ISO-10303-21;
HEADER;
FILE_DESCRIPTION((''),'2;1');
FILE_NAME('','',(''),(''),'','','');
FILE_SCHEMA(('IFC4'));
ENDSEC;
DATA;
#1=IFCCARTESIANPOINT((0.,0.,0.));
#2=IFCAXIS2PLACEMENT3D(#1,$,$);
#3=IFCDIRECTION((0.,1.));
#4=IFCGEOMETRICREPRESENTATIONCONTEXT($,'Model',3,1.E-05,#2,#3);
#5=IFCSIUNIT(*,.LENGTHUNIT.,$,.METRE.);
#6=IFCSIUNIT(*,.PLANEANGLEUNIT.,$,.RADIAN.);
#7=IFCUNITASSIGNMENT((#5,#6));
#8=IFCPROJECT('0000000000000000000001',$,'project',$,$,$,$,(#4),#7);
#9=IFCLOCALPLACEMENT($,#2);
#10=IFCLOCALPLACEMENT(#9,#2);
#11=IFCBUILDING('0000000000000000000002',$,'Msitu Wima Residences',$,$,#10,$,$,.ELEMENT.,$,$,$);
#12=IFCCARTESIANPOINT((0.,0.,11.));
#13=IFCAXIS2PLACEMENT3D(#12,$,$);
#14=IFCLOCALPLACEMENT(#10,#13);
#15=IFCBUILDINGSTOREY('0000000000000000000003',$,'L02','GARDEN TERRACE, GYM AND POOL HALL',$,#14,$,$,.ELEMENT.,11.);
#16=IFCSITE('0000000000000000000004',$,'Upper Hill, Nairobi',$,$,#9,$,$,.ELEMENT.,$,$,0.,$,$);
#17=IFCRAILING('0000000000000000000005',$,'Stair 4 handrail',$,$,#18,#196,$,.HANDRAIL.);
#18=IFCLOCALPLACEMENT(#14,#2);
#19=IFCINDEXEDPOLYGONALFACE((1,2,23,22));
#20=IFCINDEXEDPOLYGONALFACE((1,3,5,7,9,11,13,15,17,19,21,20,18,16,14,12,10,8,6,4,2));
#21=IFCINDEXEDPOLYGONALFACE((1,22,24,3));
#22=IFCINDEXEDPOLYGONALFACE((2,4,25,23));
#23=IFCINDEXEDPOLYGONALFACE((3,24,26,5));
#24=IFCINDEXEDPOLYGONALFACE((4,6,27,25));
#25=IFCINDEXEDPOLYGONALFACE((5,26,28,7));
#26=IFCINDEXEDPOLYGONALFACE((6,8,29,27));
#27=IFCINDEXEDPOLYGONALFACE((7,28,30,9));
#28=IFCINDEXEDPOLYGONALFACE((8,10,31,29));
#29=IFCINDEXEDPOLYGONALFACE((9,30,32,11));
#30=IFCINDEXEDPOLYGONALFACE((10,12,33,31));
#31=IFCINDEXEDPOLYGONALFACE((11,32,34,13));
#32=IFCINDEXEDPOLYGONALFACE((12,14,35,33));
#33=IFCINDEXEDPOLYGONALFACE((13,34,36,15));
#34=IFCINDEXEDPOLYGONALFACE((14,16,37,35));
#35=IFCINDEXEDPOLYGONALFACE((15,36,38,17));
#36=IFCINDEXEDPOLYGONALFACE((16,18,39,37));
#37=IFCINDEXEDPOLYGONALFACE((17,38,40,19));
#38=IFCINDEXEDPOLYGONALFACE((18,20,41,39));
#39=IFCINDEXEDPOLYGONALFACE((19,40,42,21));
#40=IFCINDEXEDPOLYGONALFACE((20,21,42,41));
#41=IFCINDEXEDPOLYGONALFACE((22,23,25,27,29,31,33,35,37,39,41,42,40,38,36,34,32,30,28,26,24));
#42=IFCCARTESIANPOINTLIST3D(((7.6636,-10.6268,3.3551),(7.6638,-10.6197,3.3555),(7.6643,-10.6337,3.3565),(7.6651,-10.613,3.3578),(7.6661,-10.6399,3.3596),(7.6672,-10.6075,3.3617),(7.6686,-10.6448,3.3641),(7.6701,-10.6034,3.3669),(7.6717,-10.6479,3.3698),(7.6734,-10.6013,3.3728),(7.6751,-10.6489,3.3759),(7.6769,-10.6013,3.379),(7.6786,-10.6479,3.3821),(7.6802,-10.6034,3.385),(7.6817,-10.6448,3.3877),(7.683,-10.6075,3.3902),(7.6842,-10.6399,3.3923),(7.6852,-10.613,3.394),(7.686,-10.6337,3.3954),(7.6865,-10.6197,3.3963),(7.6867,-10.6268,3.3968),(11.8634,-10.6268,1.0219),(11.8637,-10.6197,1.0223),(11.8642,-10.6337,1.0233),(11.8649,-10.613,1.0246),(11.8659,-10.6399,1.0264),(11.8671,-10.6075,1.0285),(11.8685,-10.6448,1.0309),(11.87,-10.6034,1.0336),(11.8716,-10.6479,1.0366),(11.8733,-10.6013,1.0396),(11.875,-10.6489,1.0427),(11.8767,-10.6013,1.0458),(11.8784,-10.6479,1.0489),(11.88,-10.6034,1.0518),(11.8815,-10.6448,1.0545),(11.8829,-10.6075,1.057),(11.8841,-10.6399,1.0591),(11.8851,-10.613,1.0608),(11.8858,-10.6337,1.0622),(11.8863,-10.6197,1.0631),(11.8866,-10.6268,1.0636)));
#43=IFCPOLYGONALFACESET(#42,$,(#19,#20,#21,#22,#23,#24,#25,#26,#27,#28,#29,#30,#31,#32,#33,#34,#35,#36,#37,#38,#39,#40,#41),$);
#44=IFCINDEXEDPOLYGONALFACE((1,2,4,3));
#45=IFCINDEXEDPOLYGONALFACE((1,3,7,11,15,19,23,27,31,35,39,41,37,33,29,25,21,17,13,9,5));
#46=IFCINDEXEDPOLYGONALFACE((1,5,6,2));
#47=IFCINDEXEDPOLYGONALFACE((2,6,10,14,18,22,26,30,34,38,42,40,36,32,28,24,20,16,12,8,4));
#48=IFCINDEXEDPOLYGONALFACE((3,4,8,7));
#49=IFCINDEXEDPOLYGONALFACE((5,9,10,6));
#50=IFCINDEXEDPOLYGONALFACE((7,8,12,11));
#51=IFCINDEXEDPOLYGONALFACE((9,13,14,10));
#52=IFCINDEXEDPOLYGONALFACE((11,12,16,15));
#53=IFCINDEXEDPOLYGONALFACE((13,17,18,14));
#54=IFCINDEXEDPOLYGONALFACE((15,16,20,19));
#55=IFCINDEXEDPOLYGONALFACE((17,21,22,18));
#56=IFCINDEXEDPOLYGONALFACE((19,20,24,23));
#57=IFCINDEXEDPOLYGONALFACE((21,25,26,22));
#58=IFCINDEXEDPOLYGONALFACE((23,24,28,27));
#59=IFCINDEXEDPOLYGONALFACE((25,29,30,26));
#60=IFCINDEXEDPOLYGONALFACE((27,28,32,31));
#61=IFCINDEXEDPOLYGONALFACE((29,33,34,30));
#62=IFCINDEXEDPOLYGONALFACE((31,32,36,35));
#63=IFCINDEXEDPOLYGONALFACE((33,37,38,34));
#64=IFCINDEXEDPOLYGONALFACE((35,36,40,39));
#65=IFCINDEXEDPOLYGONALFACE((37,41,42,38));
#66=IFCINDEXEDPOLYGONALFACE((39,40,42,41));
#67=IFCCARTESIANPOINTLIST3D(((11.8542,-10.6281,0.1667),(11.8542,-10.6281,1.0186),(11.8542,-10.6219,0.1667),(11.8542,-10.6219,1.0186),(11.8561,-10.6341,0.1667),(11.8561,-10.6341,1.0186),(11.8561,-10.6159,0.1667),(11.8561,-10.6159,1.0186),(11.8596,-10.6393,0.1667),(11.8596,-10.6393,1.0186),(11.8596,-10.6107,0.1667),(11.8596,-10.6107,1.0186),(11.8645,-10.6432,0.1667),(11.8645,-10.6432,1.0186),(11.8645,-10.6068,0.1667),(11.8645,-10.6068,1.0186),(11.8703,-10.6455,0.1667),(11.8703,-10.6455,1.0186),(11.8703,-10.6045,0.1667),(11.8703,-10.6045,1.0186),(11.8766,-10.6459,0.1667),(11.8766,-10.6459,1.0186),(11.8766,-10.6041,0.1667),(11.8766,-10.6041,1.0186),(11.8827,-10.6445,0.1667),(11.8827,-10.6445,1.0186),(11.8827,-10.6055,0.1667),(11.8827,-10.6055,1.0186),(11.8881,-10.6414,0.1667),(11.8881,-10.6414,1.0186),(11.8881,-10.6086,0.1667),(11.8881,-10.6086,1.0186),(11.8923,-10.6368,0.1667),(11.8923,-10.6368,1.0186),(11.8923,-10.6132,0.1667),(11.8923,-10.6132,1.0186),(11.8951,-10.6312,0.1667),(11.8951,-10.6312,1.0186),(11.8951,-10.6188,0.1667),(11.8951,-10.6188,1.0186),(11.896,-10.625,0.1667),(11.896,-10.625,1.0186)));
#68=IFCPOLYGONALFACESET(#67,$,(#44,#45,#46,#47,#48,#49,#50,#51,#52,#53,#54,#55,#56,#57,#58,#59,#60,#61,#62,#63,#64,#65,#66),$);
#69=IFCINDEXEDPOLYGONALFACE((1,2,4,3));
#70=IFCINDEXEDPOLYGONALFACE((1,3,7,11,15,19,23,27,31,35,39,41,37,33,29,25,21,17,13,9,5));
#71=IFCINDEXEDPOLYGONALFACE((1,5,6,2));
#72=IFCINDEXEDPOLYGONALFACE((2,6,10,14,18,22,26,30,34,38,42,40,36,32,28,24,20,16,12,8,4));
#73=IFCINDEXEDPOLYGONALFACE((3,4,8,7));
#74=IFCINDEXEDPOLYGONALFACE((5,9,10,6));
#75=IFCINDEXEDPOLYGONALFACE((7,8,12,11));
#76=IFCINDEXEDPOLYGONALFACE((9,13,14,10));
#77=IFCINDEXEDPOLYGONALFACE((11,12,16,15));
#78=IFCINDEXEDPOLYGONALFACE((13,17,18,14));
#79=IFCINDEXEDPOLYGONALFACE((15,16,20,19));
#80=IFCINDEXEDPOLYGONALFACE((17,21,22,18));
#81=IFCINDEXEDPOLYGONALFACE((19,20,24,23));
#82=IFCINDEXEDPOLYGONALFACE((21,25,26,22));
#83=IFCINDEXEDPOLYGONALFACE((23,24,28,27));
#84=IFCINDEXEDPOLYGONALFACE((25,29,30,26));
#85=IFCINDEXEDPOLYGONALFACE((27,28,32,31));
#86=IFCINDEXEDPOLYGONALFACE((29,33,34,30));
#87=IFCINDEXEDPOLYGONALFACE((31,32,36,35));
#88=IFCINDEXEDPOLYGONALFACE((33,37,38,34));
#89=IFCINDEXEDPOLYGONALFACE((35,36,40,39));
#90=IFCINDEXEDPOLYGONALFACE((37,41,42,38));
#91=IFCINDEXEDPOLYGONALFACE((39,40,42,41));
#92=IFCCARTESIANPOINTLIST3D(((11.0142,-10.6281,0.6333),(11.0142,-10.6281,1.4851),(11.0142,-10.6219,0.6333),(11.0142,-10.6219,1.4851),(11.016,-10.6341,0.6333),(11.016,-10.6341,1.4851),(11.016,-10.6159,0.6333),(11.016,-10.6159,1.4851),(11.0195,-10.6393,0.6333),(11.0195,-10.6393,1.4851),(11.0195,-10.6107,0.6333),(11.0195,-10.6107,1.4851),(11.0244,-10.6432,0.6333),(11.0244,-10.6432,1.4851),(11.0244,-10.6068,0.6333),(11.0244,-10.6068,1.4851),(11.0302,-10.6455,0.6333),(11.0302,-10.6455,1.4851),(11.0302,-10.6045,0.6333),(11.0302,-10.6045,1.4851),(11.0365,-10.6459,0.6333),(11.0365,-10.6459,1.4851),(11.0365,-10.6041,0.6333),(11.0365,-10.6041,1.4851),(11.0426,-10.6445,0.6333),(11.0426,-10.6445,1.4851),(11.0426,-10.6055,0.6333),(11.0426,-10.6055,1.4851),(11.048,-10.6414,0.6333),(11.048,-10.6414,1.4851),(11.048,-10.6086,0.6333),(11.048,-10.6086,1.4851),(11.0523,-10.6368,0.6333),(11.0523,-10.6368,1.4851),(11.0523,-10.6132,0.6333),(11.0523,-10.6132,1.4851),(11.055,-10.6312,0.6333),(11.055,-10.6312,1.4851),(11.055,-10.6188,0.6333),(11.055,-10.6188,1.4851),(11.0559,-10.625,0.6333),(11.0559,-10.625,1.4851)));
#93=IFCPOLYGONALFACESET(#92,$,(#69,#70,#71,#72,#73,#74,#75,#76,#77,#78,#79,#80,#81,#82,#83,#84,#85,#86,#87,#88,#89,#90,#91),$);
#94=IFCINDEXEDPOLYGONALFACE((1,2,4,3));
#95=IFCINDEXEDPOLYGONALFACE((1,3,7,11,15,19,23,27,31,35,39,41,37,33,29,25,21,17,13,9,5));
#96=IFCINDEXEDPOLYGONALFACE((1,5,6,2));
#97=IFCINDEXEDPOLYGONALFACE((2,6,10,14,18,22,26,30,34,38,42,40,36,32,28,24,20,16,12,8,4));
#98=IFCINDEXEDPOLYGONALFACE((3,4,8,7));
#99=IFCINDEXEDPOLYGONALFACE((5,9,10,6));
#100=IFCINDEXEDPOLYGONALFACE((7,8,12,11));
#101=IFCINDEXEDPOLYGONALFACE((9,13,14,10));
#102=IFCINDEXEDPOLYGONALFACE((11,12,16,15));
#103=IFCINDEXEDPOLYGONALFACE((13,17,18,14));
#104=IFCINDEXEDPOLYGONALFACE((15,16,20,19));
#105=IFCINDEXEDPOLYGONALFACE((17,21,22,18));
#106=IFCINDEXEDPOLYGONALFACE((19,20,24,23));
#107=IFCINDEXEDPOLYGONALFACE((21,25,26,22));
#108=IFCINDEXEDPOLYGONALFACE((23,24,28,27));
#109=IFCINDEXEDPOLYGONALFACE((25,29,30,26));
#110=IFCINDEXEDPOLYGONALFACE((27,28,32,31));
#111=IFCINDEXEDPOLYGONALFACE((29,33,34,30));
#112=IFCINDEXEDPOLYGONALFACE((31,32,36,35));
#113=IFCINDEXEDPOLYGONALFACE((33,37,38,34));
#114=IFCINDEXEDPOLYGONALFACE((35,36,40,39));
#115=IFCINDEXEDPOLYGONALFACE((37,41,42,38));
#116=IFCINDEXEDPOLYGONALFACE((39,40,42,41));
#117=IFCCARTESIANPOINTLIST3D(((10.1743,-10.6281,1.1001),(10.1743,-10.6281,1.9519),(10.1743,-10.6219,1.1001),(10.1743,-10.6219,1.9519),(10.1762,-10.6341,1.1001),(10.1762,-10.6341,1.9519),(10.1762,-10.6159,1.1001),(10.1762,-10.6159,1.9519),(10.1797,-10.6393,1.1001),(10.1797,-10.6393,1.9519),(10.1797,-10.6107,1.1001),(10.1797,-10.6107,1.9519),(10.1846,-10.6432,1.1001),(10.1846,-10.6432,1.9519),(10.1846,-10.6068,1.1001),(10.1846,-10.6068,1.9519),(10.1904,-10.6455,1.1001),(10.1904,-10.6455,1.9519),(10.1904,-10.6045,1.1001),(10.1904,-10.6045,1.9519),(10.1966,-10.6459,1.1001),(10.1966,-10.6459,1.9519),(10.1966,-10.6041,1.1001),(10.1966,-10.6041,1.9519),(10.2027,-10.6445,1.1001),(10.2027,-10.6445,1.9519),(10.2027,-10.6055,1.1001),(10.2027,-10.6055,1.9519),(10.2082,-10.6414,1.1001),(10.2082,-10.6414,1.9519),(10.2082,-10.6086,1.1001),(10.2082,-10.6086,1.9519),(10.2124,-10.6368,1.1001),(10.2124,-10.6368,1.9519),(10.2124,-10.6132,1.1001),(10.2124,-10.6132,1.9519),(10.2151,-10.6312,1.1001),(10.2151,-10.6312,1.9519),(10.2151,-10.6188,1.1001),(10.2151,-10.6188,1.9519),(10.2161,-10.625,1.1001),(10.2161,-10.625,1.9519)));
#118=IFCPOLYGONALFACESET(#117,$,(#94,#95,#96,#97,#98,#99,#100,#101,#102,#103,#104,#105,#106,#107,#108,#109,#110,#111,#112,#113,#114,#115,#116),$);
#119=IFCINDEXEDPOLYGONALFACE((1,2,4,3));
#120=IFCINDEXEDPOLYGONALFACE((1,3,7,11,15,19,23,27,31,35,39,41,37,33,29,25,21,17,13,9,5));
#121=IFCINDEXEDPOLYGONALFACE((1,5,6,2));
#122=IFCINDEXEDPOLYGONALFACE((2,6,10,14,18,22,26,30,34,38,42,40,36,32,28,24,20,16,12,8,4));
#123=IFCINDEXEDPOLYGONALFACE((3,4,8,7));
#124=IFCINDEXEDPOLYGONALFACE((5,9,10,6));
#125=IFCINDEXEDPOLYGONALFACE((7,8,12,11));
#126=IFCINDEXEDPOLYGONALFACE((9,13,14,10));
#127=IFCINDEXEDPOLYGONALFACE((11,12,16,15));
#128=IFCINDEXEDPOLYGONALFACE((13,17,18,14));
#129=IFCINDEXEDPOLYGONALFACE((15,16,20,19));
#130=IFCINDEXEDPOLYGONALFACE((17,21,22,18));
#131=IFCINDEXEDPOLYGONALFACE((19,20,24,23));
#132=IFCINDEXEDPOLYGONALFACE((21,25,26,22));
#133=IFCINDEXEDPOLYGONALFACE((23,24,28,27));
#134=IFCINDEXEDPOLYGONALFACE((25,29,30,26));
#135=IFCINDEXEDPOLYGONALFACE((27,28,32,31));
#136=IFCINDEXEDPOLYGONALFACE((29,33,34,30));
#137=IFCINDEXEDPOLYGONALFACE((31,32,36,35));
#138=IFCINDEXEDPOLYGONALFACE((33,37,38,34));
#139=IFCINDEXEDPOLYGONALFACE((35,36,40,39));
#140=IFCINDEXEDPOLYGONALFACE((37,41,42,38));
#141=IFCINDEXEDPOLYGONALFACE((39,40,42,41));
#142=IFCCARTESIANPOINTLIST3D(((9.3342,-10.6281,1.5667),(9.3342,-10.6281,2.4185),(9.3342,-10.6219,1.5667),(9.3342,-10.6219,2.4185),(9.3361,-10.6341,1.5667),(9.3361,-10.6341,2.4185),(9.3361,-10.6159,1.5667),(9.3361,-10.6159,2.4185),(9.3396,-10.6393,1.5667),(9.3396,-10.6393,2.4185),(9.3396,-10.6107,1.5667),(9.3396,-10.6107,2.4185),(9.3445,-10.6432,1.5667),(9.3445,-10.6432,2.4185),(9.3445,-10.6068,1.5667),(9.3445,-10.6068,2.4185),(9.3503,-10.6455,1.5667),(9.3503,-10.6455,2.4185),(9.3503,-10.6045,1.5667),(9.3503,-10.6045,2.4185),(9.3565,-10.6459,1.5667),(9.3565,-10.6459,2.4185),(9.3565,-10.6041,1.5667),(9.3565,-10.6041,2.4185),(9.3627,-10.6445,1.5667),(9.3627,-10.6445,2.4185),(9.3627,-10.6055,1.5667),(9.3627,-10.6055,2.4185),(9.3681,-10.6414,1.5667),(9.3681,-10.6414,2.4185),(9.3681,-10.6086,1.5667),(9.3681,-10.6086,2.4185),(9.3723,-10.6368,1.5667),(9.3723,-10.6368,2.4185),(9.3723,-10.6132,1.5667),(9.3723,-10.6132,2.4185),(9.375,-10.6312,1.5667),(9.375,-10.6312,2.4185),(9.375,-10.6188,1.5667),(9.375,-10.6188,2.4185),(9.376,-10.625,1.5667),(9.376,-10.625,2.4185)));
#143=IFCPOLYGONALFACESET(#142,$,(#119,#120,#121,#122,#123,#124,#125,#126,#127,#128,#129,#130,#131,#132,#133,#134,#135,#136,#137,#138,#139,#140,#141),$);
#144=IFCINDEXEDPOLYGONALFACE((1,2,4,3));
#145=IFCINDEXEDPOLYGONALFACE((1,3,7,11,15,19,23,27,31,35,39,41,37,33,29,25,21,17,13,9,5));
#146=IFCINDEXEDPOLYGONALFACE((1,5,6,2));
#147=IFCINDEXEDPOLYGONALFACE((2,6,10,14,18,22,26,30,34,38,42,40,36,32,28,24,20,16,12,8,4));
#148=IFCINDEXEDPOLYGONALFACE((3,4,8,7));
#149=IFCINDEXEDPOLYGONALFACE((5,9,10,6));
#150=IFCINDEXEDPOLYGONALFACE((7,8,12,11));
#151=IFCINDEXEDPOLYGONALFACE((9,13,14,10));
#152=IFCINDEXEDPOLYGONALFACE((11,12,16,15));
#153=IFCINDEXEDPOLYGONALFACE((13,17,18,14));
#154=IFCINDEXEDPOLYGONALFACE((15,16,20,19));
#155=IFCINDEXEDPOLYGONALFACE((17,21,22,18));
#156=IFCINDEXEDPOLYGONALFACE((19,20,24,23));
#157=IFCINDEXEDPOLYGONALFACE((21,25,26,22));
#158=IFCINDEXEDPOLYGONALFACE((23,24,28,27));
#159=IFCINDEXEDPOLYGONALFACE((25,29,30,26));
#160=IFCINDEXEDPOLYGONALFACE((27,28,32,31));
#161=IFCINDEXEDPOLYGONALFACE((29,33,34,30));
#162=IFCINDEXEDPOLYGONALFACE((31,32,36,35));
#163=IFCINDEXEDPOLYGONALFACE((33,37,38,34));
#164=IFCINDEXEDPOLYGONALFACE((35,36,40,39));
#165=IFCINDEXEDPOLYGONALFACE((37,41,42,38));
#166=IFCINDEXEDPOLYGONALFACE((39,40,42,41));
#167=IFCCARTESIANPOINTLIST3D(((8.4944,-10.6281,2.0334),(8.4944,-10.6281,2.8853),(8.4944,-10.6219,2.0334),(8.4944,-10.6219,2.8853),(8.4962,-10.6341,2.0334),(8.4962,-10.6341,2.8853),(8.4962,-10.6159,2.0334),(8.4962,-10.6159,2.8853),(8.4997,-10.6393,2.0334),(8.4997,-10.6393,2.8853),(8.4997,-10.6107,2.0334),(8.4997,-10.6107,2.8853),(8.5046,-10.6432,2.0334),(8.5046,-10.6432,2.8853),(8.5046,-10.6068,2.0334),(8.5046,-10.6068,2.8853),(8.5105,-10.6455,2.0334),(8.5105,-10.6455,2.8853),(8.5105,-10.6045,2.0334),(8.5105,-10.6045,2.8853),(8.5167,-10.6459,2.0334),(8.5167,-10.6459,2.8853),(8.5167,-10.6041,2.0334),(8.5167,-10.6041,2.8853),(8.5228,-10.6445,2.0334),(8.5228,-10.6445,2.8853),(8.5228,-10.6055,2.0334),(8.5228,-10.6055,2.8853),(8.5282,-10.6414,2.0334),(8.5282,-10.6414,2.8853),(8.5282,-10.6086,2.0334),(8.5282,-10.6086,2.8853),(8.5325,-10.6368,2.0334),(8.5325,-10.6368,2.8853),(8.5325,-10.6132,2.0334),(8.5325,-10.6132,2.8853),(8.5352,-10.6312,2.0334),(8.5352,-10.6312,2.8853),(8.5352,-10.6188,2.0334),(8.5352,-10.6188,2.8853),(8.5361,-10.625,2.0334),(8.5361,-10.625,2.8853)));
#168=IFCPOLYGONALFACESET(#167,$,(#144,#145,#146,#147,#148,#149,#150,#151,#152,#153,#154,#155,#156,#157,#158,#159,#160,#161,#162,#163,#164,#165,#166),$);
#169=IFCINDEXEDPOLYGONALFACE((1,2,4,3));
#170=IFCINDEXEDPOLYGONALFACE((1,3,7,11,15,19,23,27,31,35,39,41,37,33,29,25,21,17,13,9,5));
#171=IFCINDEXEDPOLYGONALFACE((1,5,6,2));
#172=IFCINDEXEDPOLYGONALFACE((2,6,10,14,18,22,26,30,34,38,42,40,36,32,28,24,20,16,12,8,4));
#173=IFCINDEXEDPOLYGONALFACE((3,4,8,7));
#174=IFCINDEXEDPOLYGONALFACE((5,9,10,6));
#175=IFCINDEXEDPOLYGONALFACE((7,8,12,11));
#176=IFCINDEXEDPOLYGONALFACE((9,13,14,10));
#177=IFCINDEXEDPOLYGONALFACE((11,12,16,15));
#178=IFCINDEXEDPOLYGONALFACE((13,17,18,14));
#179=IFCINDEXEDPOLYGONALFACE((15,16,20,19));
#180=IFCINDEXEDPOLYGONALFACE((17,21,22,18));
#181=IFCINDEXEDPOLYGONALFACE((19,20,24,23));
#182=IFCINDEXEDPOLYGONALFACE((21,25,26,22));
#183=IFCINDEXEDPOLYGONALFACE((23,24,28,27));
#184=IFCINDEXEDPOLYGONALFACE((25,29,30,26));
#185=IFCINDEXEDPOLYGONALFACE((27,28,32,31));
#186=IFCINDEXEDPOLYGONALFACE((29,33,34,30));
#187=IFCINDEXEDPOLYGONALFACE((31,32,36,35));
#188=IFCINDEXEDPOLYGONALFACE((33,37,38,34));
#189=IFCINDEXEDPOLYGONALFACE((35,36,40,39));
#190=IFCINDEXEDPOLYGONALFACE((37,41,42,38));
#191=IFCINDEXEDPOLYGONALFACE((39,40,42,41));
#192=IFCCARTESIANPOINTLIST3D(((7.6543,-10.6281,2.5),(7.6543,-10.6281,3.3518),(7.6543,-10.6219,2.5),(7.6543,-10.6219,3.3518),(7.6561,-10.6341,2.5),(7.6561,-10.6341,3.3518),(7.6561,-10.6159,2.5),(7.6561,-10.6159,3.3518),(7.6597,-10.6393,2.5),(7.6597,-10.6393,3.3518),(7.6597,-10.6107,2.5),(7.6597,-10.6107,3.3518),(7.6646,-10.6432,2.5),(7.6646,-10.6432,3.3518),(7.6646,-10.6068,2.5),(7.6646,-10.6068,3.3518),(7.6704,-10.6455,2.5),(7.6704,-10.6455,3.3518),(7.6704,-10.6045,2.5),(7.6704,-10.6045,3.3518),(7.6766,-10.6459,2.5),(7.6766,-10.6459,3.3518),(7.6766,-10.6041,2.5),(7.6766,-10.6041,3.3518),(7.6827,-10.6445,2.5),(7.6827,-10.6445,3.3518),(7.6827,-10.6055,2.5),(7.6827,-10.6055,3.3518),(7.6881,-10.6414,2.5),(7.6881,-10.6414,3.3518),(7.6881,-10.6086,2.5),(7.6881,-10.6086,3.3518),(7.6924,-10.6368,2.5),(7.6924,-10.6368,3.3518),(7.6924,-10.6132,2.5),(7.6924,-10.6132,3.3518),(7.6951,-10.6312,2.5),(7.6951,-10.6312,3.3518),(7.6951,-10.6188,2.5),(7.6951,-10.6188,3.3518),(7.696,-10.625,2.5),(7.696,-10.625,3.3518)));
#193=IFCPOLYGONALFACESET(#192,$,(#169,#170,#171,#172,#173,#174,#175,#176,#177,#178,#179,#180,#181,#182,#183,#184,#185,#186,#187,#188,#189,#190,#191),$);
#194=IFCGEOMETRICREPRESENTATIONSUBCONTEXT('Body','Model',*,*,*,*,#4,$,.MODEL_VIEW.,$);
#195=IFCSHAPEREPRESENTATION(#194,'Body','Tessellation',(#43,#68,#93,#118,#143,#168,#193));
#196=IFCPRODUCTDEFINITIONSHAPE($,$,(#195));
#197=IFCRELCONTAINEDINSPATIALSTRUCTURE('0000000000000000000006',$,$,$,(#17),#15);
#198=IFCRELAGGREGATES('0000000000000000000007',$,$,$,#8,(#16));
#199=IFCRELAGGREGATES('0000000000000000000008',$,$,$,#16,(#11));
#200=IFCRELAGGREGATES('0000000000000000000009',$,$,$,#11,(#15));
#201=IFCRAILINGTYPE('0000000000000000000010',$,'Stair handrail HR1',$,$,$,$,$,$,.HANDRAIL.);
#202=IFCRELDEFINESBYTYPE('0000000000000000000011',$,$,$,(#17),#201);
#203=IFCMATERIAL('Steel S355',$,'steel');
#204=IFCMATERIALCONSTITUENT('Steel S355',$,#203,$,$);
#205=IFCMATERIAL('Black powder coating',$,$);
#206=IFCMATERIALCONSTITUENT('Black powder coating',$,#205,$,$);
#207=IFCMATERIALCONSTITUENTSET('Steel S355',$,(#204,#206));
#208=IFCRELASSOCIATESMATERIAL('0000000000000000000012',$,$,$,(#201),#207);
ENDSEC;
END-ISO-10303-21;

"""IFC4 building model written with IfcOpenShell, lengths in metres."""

from ifc_helpers import new_model, si_unit, direction, frame, origin, origin_2d, place, context, subcontext, project, spatial, circle, extrude, material, constituent, constituent_set, type_object, element, save


model = new_model("IFC4")

# Units and contexts
model_context = context("Model", 3, precision=1e-05, world=origin(), true_north=direction((0.0, 1.0)))
body_context = subcontext(model_context, "Body", "Model", "MODEL_VIEW")
ifc_project = project(units=[si_unit("LENGTHUNIT", "METRE"), si_unit("PLANEANGLEUNIT", "RADIAN")], contexts=[model_context])

# Site, building, storey
site_placement = place(None, origin())
site = spatial("IfcSite", under=ifc_project, at=site_placement, Name="Upper Hill, Nairobi", CompositionType="ELEMENT", RefElevation=0.0)
building_placement = place(site_placement, origin())
building = spatial("IfcBuilding", under=site, at=building_placement, Name="Msitu Wima Residences", CompositionType="ELEMENT")
storey_placement = place(building_placement, frame((0.0, 0.0, 11.0)))
storey = spatial("IfcBuildingStorey", under=building, at=storey_placement, Name="L02", Description="GARDEN TERRACE, GYM AND POOL HALL", CompositionType="ELEMENT", Elevation=11.0)

# Railing
ifc_material_1 = material(Name="Steel S355", Category="steel")
ifc_constituent_1 = constituent(ifc_material_1, Name="Steel S355")
ifc_material_2 = material(Name="Black powder coating")
ifc_constituent_2 = constituent(ifc_material_2, Name="Black powder coating")
ifc_constituent_set = constituent_set(constituents=[ifc_constituent_1, ifc_constituent_2], Name="Steel S355")
railing_type = type_object("IfcRailingType", Name="Stair handrail HR1", PredefinedType="HANDRAIL", material=ifc_constituent_set)
for number, where, name in (
    (1, (11.875, -10.625, 0.1667), "Stair 4 handrail"),
):
    element("IfcRailing", number, at=place(storey_placement, frame(where)), inside=storey, type_object=railing_type, Name=name, PredefinedType="HANDRAIL", context=body_context, shape_type="SweptSolid", body=[
        extrude(circle(Radius=0.0239, at=origin_2d()), frame((0.0, 0.0, 0.876), z_axis=(-0.874162, 0.0, 0.485634), x_axis=(0.0, -1.0, 0.0)), (0.0, 0.0, 1.0), 4.8044),
        extrude(circle(Radius=0.021, at=origin_2d()), origin(), (0.0, 0.0, 1.0), 0.8518),
        extrude(circle(Radius=0.021, at=origin_2d()), frame((-0.8401, 0.0, 0.4666)), (0.0, 0.0, 1.0), 0.8518),
        extrude(circle(Radius=0.021, at=origin_2d()), frame((-1.6799, 0.0, 0.9333)), (0.0, 0.0, 1.0), 0.8518),
        extrude(circle(Radius=0.021, at=origin_2d()), frame((-2.52, 0.0, 1.3999)), (0.0, 0.0, 1.0), 0.8518),
        extrude(circle(Radius=0.021, at=origin_2d()), frame((-3.3599, 0.0, 1.8667)), (0.0, 0.0, 1.0), 0.8518),
        extrude(circle(Radius=0.021, at=origin_2d()), frame((-4.2, 0.0, 2.3333)), (0.0, 0.0, 1.0), 0.8518),
    ])

save(model, "model.ifc")
